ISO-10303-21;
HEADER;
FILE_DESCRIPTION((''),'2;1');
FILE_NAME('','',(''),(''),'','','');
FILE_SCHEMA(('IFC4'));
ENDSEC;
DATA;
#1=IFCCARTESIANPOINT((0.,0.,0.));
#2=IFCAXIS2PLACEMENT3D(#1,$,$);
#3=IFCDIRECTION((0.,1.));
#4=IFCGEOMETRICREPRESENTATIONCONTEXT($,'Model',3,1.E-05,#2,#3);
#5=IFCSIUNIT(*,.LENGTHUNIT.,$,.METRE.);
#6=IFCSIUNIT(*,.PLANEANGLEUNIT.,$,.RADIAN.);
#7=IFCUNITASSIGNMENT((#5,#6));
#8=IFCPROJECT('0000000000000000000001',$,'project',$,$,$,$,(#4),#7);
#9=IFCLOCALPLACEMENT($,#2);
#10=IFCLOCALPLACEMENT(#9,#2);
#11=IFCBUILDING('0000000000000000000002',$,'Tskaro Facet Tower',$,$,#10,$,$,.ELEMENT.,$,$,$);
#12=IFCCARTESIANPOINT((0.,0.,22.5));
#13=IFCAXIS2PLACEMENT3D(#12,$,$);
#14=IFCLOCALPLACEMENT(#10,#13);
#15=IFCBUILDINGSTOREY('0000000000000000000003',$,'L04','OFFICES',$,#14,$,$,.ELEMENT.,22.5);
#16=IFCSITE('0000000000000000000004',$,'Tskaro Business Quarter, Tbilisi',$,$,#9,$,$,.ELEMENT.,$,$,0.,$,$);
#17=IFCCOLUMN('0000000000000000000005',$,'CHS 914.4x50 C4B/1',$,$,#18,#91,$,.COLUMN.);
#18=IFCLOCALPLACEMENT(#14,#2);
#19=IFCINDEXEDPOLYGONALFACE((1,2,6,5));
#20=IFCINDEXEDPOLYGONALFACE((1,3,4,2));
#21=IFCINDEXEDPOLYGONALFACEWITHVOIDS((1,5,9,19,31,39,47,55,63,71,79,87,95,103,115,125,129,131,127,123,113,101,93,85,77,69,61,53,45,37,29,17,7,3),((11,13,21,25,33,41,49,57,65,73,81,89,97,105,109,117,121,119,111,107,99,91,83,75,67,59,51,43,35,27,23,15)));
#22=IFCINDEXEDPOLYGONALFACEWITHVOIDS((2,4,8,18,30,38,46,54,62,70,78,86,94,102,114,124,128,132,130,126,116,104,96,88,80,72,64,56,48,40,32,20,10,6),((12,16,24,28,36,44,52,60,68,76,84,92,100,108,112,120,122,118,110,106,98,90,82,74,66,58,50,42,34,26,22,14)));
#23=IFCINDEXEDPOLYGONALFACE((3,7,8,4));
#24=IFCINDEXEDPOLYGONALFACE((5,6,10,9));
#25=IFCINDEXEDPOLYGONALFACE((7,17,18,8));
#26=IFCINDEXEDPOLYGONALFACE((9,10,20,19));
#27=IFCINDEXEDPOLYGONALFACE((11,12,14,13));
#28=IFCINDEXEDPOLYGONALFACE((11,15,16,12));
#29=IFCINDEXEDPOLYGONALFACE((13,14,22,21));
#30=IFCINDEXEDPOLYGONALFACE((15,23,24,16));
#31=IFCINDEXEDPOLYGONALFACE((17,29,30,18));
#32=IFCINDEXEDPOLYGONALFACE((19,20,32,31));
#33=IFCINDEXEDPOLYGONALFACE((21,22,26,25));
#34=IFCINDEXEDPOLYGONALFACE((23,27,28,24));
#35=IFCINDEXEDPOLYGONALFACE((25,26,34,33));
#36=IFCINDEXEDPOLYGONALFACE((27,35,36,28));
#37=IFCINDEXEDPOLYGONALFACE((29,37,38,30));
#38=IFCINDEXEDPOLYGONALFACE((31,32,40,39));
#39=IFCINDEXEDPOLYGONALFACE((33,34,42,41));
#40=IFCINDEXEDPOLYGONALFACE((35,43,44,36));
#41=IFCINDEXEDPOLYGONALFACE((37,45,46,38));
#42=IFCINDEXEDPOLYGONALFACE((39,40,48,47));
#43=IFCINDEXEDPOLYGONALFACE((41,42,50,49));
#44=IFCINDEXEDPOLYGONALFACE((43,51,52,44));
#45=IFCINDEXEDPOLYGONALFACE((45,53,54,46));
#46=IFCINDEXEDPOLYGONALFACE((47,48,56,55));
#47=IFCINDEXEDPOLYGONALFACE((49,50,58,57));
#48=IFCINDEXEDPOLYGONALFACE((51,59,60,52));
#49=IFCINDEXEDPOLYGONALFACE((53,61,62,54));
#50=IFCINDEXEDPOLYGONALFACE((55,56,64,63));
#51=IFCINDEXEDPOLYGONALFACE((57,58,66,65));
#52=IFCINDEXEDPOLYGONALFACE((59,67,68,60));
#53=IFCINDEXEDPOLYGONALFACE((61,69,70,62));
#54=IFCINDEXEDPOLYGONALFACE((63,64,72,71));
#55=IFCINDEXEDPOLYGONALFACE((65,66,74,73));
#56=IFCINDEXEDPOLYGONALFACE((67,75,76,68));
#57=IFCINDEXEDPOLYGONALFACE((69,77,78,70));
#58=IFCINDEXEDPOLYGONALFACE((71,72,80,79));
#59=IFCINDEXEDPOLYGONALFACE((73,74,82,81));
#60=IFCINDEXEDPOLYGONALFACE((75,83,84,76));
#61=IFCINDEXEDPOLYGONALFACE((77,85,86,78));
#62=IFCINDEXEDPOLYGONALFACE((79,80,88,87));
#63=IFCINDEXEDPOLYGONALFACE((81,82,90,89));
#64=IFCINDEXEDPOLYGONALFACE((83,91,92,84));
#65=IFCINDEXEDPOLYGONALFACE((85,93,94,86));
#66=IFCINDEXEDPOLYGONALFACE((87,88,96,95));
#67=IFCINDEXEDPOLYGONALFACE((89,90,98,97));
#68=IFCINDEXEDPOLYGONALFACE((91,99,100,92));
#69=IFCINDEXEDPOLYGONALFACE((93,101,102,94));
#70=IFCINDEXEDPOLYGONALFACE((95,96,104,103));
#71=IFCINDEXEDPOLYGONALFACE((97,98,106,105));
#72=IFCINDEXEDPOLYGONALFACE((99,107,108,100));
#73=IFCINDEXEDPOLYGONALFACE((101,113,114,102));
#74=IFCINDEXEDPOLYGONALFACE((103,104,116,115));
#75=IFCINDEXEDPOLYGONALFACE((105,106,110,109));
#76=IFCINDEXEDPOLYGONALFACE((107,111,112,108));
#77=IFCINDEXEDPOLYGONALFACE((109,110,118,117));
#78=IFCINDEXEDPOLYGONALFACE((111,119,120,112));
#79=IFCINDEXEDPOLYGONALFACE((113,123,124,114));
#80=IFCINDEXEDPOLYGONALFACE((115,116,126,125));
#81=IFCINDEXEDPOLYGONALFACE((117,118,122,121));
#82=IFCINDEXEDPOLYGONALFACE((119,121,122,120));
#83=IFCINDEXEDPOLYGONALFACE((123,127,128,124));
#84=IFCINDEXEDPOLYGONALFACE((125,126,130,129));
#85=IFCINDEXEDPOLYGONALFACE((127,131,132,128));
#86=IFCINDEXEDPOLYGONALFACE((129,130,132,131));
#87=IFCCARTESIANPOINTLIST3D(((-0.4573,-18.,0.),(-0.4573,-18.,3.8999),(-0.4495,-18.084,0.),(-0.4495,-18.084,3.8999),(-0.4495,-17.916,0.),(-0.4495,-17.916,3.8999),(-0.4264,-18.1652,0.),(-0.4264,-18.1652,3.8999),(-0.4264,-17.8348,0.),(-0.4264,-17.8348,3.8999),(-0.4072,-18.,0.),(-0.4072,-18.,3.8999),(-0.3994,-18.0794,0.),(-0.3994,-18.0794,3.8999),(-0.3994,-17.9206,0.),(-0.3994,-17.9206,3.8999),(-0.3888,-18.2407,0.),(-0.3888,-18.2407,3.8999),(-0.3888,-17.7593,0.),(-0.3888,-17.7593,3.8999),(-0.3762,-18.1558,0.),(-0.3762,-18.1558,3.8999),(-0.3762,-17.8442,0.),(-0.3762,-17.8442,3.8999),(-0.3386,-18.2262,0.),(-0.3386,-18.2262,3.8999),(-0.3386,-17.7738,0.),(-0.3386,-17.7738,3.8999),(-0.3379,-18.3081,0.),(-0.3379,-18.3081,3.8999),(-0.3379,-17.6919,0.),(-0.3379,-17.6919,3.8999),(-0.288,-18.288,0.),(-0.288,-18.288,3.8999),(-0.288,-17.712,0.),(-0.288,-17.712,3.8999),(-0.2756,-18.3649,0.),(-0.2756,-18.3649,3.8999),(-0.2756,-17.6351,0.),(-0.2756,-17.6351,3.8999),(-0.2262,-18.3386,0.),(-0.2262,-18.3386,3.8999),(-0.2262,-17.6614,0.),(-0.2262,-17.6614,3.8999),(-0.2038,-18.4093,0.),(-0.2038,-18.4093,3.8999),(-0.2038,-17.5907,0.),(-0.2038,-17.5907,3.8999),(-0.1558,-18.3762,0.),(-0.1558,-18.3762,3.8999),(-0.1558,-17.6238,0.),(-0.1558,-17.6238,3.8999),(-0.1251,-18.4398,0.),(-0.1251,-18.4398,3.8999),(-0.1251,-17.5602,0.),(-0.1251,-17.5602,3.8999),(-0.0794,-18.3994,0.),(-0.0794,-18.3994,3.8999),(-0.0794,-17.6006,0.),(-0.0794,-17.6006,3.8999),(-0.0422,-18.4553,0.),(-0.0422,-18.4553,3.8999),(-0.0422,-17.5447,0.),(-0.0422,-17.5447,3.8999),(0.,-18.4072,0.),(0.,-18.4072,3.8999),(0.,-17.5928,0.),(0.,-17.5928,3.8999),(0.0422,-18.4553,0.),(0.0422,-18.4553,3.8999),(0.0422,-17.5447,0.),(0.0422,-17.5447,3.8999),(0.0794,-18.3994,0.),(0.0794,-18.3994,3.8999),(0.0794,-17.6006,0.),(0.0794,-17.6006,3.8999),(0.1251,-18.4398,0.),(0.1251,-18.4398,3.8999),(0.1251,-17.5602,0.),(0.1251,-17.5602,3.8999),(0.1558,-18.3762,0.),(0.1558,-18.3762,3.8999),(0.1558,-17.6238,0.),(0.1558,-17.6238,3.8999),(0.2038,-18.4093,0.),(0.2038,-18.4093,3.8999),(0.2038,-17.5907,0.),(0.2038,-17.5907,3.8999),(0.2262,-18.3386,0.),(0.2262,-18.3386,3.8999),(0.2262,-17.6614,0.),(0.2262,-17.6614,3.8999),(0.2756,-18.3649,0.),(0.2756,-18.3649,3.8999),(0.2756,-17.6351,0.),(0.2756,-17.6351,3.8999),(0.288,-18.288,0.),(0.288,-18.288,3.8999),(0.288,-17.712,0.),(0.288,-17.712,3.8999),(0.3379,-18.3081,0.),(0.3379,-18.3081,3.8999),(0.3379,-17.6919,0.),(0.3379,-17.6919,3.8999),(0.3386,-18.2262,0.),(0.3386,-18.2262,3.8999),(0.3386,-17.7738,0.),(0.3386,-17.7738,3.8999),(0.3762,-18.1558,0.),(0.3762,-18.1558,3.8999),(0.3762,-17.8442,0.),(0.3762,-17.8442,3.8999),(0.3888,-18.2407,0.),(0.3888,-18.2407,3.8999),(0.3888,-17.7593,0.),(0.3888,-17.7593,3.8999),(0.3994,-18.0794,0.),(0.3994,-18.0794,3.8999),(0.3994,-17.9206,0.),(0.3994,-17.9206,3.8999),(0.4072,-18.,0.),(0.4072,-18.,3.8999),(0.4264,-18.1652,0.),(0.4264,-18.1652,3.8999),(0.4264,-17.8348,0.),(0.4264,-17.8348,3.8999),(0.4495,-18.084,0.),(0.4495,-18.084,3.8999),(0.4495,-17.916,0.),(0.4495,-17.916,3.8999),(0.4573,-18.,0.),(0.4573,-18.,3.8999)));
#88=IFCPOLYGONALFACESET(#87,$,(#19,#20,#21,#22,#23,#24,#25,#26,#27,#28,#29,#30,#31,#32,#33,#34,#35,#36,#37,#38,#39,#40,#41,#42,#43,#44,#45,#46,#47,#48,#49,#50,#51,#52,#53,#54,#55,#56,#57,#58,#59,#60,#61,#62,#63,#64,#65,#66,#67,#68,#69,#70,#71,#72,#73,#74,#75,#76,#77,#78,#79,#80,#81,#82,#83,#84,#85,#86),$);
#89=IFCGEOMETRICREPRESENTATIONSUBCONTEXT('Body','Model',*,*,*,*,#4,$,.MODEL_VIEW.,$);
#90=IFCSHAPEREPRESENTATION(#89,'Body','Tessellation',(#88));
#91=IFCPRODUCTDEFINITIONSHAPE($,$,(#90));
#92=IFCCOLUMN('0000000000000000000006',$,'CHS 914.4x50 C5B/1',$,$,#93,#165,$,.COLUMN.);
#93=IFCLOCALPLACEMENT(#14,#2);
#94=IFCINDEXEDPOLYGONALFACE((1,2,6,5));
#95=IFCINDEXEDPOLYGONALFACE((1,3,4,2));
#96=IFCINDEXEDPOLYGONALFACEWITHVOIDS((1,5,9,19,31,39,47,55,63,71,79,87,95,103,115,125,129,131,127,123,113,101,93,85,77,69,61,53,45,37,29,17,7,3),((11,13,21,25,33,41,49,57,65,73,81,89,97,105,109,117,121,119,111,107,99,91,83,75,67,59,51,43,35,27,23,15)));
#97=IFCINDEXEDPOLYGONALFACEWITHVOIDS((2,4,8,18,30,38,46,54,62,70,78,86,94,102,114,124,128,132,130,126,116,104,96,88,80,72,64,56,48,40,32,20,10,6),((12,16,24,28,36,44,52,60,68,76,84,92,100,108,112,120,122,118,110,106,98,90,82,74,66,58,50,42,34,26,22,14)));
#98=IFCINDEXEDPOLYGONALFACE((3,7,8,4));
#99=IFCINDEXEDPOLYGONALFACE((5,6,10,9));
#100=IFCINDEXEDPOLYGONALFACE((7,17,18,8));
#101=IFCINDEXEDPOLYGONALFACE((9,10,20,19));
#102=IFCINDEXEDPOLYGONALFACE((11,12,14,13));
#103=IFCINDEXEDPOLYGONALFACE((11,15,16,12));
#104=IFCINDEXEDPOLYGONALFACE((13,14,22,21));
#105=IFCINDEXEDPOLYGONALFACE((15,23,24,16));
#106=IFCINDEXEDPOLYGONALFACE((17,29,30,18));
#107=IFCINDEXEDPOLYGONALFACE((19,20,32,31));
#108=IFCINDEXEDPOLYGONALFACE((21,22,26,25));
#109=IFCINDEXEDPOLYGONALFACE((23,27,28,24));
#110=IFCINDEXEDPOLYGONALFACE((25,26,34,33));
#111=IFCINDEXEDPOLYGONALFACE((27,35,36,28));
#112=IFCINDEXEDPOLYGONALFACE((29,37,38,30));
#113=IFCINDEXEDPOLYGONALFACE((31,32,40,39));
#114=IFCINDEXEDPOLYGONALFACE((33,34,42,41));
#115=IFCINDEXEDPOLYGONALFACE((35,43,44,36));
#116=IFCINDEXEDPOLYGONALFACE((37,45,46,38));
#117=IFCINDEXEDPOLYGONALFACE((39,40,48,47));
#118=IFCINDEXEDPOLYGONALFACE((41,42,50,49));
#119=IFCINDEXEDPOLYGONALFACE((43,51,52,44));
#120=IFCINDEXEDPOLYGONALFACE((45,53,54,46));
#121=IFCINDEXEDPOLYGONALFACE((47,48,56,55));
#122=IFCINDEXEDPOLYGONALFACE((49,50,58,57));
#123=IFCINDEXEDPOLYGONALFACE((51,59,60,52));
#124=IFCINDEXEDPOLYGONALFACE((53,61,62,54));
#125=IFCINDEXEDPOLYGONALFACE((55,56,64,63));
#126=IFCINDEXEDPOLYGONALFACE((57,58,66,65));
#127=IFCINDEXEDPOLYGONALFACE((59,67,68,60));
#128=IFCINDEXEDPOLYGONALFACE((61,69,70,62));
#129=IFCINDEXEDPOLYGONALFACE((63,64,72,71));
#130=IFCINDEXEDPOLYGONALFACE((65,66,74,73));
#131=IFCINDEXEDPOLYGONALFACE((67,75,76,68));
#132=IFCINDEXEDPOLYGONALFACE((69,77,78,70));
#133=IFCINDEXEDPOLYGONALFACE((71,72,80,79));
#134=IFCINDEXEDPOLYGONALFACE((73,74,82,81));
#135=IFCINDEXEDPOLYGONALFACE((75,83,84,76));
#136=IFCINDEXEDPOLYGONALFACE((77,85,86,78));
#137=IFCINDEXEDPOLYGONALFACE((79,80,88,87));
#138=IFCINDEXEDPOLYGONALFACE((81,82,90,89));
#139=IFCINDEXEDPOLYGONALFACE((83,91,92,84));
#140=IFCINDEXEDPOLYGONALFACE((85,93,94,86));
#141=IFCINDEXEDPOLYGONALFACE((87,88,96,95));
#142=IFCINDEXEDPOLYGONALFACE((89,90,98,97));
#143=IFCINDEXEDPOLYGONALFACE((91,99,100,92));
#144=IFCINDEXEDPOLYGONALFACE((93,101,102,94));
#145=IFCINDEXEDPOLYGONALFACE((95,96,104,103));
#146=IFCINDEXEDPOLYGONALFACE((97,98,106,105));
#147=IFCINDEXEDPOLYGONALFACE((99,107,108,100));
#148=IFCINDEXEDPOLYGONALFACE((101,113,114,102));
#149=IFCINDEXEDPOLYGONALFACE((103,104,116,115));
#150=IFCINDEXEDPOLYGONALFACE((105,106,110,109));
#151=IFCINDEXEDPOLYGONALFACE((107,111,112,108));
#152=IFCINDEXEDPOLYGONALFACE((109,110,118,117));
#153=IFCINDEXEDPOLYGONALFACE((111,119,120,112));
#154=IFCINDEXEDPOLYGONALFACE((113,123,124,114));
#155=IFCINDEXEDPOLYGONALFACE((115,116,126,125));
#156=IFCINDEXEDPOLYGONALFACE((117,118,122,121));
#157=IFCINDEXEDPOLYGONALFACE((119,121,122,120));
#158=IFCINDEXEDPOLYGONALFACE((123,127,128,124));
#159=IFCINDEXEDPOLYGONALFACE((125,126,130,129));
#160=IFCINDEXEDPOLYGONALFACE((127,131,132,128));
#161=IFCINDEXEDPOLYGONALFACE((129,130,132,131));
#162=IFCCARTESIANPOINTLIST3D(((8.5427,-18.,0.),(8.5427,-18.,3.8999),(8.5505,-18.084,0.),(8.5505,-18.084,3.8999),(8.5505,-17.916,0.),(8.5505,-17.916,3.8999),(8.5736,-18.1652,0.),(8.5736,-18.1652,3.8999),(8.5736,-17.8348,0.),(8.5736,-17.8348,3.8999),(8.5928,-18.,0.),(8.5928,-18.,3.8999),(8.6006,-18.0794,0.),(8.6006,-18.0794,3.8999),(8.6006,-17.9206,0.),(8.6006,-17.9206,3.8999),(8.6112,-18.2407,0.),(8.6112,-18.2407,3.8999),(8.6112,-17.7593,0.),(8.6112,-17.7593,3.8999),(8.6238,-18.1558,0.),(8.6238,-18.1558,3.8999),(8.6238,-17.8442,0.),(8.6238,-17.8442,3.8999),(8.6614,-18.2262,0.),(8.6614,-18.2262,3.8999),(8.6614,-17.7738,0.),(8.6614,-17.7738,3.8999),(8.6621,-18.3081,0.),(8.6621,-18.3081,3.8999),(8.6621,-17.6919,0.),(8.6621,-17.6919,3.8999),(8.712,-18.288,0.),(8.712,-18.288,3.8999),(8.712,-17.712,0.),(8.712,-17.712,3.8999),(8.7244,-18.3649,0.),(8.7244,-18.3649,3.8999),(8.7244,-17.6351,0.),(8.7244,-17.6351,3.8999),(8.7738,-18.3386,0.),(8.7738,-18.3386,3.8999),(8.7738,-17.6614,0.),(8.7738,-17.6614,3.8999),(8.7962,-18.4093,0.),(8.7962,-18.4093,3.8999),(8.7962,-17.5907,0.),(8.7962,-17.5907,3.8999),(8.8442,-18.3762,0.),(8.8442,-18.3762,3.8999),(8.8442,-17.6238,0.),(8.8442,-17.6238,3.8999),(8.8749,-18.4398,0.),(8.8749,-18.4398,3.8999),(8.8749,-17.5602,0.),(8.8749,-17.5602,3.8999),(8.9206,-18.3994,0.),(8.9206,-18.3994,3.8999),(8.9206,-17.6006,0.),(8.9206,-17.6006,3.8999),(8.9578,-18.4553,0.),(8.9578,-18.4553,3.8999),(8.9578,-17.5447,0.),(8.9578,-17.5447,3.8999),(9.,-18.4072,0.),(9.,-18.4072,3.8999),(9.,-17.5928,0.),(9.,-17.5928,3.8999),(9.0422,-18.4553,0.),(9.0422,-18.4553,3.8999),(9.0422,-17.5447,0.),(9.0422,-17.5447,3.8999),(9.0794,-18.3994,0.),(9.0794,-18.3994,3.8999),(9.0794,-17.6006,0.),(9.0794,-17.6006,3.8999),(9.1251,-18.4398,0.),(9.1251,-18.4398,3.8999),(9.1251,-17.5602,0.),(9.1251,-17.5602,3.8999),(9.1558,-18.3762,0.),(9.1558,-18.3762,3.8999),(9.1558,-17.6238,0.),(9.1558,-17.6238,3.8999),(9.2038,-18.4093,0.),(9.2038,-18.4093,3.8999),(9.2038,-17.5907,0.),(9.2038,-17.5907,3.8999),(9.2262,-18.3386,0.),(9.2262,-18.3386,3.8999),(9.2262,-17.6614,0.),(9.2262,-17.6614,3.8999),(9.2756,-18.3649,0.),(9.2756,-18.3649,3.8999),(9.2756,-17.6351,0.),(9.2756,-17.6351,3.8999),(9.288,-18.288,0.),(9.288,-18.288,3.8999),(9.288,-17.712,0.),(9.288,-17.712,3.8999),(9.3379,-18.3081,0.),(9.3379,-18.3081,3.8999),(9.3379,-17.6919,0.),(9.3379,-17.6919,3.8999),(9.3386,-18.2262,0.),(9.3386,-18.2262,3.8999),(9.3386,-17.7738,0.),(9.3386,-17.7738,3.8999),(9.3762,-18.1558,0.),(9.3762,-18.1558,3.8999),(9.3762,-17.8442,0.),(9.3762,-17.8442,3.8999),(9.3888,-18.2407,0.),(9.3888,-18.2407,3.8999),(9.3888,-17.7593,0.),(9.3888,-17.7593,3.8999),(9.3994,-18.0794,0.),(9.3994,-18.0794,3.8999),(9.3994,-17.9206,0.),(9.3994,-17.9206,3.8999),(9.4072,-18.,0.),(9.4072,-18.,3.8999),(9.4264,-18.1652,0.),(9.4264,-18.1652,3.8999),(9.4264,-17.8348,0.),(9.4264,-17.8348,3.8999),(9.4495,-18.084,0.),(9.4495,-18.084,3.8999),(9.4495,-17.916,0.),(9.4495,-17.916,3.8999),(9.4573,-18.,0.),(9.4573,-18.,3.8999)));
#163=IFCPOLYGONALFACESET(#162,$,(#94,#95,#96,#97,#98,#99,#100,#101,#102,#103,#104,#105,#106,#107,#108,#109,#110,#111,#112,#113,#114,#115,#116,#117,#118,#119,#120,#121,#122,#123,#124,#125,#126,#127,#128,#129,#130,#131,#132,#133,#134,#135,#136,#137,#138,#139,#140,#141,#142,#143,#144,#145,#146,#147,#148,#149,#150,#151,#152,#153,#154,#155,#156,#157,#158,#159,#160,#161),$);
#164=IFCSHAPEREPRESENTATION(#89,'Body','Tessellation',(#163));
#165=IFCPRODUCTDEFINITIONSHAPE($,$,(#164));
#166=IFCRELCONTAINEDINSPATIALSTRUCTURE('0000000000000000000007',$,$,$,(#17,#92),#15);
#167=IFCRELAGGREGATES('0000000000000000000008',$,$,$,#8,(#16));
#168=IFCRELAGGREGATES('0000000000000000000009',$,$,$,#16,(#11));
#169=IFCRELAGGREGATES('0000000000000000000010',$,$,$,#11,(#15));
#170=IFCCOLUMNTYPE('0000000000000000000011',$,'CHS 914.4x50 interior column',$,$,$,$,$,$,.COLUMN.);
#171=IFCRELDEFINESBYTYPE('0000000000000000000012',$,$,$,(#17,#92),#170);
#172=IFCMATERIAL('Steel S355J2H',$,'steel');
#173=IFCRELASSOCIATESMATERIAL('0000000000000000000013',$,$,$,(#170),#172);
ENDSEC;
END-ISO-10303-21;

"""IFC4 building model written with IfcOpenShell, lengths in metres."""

from ifc_helpers import new_model, si_unit, direction, frame, origin, origin_2d, place, context, subcontext, project, spatial, hollow_circle, extrude, material, material_profile, profile_set, type_object, element, save


model = new_model("IFC4")

# Units and contexts
model_context = context("Model", 3, precision=1e-05, world=origin(), true_north=direction((0.0, 1.0)))
body_context = subcontext(model_context, "Body", "Model", "MODEL_VIEW")
ifc_project = project(units=[si_unit("LENGTHUNIT", "METRE"), si_unit("PLANEANGLEUNIT", "RADIAN")], contexts=[model_context])

# Site, building, storey
site_placement = place(None, origin())
site = spatial("IfcSite", under=ifc_project, at=site_placement, Name="Tskaro Business Quarter, Tbilisi", CompositionType="ELEMENT", RefElevation=0.0)
building_placement = place(site_placement, origin())
building = spatial("IfcBuilding", under=site, at=building_placement, Name="Tskaro Facet Tower", CompositionType="ELEMENT")
storey_placement = place(building_placement, frame((0.0, 0.0, 22.5)))
storey = spatial("IfcBuildingStorey", under=building, at=storey_placement, Name="L04", Description="OFFICES", CompositionType="ELEMENT", Elevation=22.5)

# Columns
ifc_material_1 = material(Name="Steel S355J2H", Category="steel")
ifc_material_profile_1 = material_profile(ifc_material_1, hollow_circle(Radius=0.4573, WallThickness=0.05, at=origin_2d()), Name="CHS 914.4x50")
ifc_profile_set_1 = profile_set([ifc_material_profile_1], Name="Steel S355J2H")
column_type_1 = type_object("IfcColumnType", Name="CHS 914.4x50 interior column", PredefinedType="COLUMN", material=ifc_profile_set_1)
for number, where, z_axis, x_axis, name in (
    (1, (0.0, -18.0, 0.0), (0.0, 0.0, 1.0), (1.0, 0.0, 0.0), "CHS 914.4x50 C4B/1"),
    (2, (9.0, -18.0, 0.0), (0.0, 0.0, 1.0), (1.0, 0.0, 0.0), "CHS 914.4x50 C5B/1"),
):
    element("IfcColumn", number, at=place(storey_placement, frame(where, z_axis=z_axis, x_axis=x_axis)), inside=storey, type_object=column_type_1, Name=name, PredefinedType="COLUMN", context=body_context, shape_type="SweptSolid", body=[
        extrude(hollow_circle(Radius=0.4573, WallThickness=0.05, at=origin_2d()), origin(), (0.0, 0.0, 1.0), 3.8999),
    ])

save(model, "model.ifc")
